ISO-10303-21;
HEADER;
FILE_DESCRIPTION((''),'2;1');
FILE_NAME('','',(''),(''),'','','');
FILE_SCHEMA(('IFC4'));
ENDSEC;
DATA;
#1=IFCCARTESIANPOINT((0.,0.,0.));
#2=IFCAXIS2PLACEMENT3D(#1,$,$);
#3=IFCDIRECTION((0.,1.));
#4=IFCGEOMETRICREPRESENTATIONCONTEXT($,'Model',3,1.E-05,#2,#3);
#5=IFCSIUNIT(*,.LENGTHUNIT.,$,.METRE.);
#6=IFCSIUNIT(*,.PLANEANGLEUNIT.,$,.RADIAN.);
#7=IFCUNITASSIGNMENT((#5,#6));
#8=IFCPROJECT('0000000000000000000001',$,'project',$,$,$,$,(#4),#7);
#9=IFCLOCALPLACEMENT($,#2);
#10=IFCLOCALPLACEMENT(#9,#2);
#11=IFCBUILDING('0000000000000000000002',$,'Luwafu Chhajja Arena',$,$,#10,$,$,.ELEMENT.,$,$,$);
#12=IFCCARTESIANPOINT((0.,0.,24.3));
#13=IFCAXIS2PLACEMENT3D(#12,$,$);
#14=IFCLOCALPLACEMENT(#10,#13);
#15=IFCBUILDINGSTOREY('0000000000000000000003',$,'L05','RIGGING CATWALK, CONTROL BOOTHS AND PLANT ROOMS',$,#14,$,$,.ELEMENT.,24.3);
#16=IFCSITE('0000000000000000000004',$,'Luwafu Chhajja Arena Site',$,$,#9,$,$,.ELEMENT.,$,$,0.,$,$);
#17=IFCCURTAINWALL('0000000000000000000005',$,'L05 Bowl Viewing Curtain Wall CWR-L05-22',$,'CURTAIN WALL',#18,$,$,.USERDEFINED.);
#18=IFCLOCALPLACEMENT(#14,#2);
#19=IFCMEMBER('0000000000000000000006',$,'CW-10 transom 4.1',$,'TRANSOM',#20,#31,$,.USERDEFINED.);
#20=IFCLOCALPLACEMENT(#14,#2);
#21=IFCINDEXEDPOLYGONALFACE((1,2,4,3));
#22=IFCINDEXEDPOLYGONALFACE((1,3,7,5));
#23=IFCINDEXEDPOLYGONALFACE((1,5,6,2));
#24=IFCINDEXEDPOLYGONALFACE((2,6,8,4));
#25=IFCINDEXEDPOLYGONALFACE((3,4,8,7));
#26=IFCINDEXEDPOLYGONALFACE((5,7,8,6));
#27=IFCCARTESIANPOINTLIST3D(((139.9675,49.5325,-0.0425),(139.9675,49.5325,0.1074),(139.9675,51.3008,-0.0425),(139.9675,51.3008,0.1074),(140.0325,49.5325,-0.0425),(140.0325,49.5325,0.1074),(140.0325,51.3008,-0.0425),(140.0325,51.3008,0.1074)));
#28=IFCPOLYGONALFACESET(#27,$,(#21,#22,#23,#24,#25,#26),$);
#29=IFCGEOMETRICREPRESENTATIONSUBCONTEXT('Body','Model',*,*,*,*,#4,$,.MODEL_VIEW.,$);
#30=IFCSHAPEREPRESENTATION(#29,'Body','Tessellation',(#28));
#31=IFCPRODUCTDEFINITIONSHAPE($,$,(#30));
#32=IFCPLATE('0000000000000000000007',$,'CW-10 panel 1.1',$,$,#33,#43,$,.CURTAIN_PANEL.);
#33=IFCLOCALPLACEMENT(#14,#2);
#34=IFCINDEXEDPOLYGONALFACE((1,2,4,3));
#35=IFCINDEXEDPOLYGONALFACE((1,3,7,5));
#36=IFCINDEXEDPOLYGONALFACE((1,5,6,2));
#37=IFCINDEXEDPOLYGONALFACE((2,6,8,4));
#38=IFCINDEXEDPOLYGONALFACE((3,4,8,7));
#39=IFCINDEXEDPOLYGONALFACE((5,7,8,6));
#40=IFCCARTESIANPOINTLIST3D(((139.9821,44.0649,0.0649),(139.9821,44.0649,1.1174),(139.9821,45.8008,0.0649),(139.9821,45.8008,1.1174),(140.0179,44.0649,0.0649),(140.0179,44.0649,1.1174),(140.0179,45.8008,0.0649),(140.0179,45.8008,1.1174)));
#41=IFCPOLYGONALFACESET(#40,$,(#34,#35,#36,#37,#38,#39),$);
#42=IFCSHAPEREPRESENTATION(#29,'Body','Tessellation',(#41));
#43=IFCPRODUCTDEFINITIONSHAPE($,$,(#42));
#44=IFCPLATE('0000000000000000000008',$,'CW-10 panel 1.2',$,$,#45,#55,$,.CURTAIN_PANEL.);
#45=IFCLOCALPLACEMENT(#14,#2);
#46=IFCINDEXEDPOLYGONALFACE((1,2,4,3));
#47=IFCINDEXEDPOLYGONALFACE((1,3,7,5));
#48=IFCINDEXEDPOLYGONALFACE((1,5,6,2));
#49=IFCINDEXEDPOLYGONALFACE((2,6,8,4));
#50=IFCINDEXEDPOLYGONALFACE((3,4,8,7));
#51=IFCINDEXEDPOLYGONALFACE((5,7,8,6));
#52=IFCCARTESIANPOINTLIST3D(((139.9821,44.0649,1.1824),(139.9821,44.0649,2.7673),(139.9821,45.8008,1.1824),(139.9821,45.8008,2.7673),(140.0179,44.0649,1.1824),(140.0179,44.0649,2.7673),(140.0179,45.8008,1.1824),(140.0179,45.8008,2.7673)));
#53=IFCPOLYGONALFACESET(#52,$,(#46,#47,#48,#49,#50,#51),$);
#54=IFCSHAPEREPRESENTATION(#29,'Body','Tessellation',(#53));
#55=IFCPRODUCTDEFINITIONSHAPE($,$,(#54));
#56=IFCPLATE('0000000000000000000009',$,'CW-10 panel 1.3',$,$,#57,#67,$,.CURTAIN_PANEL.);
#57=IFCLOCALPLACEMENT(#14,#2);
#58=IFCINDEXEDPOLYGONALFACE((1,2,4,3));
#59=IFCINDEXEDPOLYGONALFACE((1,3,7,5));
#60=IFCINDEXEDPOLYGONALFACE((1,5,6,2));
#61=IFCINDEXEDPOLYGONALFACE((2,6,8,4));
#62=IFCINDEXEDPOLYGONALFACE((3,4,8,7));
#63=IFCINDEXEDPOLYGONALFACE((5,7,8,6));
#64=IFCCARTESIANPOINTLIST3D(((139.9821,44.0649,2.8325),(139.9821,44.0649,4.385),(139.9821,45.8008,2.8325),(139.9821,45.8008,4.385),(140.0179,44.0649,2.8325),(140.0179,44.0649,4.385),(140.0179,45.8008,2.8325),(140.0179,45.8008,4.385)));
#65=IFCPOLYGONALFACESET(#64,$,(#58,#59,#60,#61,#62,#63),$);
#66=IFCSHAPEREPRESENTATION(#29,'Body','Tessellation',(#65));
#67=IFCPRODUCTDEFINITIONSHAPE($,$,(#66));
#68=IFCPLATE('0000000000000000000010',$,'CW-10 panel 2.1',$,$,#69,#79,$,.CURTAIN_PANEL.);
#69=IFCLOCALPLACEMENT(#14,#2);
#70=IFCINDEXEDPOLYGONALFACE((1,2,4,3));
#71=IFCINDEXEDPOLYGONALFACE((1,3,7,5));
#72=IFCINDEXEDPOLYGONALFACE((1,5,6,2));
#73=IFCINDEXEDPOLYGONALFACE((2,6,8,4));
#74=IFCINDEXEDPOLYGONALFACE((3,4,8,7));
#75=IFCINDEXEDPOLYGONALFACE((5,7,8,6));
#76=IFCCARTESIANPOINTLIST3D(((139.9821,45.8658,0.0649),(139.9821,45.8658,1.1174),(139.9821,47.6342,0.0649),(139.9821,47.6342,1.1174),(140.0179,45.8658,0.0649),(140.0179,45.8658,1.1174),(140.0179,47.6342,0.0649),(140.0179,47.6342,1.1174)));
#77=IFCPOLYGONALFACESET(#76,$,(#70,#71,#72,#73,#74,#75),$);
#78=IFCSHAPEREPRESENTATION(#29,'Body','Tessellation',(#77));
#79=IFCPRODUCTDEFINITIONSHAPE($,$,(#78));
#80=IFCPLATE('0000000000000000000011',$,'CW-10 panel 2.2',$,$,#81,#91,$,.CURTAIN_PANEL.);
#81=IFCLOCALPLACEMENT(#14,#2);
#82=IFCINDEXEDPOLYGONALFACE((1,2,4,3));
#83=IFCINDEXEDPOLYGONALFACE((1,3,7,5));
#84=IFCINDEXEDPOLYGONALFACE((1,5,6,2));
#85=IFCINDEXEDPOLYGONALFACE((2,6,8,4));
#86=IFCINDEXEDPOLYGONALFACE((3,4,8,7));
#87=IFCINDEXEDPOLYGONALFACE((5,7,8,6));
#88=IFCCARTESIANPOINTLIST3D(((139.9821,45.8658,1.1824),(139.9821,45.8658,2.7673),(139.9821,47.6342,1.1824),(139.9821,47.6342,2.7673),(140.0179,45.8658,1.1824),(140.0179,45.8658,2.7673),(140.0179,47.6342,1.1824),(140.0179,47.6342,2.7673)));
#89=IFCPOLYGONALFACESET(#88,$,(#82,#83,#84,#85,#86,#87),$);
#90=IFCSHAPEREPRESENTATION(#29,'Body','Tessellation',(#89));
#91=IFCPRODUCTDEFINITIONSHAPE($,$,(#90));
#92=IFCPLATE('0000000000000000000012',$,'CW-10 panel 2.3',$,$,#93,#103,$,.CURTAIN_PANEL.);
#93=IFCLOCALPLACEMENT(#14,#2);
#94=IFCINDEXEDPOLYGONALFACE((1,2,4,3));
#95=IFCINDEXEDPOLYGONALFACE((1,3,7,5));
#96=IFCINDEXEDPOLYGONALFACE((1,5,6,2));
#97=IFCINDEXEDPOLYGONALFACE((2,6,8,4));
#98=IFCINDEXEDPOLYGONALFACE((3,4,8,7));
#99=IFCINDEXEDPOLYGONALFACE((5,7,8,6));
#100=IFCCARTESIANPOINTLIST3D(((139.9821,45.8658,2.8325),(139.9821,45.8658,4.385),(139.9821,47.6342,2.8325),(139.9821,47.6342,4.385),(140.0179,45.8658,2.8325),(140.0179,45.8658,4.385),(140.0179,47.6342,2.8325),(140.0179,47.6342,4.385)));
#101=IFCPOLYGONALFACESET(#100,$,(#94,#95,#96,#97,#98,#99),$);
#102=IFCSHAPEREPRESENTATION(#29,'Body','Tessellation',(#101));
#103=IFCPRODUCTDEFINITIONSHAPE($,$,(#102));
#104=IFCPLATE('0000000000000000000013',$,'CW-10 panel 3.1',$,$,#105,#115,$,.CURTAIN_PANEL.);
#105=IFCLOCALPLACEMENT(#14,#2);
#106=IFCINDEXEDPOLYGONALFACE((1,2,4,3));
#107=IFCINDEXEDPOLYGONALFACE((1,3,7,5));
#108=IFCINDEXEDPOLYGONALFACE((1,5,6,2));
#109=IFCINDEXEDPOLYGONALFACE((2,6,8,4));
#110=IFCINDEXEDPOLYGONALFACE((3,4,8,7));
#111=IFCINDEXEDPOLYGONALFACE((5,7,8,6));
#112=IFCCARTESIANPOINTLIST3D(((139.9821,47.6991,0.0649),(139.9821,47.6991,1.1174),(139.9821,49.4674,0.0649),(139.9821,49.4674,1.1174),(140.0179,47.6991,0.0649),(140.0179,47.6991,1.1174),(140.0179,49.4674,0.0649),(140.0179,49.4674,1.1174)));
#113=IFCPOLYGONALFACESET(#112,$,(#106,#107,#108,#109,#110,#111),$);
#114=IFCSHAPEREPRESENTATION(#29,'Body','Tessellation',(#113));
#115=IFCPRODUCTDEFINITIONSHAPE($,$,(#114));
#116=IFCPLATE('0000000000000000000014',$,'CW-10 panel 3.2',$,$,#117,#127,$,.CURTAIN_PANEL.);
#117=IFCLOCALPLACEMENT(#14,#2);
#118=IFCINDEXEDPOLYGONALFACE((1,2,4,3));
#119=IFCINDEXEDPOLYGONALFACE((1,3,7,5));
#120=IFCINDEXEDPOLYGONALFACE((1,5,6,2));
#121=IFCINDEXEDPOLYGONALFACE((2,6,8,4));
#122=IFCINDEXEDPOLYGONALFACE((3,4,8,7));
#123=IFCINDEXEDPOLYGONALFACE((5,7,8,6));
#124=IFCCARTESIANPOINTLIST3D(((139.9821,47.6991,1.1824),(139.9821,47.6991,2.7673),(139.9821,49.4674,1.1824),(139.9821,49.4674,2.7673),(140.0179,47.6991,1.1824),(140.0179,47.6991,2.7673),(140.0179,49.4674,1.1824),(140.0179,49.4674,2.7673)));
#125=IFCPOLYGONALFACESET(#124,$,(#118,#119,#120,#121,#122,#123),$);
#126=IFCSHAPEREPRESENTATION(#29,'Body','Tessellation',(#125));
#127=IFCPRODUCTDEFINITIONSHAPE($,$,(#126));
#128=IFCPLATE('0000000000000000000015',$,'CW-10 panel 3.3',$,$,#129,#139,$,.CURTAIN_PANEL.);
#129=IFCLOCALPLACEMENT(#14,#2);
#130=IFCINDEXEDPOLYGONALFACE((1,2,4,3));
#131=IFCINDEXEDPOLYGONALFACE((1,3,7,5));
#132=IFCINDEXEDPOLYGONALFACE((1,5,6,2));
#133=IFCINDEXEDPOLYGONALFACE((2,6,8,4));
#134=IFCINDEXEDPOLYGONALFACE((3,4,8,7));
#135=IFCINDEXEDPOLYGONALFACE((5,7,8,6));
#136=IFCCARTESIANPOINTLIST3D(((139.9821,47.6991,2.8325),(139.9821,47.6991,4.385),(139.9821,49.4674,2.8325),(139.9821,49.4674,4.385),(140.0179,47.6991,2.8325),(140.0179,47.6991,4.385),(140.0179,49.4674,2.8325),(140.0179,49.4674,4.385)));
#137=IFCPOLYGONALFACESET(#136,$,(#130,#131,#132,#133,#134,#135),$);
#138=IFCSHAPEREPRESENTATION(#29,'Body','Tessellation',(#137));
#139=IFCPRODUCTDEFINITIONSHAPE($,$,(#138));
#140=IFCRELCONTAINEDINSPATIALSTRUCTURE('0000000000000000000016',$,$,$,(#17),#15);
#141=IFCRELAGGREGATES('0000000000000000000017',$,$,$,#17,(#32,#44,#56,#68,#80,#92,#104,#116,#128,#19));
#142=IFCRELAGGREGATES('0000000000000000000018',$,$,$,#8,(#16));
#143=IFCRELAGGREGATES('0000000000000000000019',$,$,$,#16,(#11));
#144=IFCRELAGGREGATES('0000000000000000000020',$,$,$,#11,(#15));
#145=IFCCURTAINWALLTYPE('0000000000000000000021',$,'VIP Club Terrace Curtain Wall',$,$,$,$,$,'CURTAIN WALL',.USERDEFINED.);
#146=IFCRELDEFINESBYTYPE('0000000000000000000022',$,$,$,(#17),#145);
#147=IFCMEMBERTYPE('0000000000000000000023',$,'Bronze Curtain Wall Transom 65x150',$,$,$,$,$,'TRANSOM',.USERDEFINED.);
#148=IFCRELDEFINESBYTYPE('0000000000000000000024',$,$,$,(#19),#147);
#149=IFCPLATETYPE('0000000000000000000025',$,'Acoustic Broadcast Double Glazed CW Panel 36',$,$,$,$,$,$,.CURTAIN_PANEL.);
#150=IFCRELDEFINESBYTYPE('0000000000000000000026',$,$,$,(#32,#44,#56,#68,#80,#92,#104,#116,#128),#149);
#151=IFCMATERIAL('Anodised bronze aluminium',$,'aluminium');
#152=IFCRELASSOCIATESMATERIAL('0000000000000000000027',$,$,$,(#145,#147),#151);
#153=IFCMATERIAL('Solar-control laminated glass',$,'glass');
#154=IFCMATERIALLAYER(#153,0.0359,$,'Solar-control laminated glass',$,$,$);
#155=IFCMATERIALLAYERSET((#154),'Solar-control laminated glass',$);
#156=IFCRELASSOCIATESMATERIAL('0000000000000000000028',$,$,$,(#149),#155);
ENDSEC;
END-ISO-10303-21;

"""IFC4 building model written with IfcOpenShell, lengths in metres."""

from ifc_helpers import new_model, si_unit, direction, frame, origin, origin_2d, place, context, subcontext, project, spatial, rectangle, extrude, material, layer, layer_set, material_profile, profile_set, type_object, element, aggregate, save


model = new_model("IFC4")

# Units and contexts
model_context = context("Model", 3, precision=1e-05, world=origin(), true_north=direction((0.0, 1.0)))
body_context = subcontext(model_context, "Body", "Model", "MODEL_VIEW")
ifc_project = project(units=[si_unit("LENGTHUNIT", "METRE"), si_unit("PLANEANGLEUNIT", "RADIAN")], contexts=[model_context])

# Site, building, storey
site_placement = place(None, origin())
site = spatial("IfcSite", under=ifc_project, at=site_placement, Name="Luwafu Chhajja Arena Site", CompositionType="ELEMENT", RefElevation=0.0)
building_placement = place(site_placement, origin())
building = spatial("IfcBuilding", under=site, at=building_placement, Name="Luwafu Chhajja Arena", CompositionType="ELEMENT")
storey_placement = place(building_placement, frame((0.0, 0.0, 24.3)))
storey = spatial("IfcBuildingStorey", under=building, at=storey_placement, Name="L05", Description="RIGGING CATWALK, CONTROL BOOTHS AND PLANT ROOMS", CompositionType="ELEMENT", Elevation=24.3)

# Curtain wall, member, plates
ifc_material_1 = material(Name="Anodised bronze aluminium", Category="aluminium")
curtain_wall_type = type_object("IfcCurtainWallType", Name="VIP Club Terrace Curtain Wall", ElementType="CURTAIN WALL", PredefinedType="USERDEFINED", material=ifc_material_1)
curtain_wall_placement = place(storey_placement, origin())
curtain_wall = element("IfcCurtainWall", 1, at=curtain_wall_placement, inside=storey, type_object=curtain_wall_type, Name="L05 Bowl Viewing Curtain Wall CWR-L05-22", ObjectType="CURTAIN WALL", PredefinedType="USERDEFINED")
ifc_material_profile_1 = material_profile(ifc_material_1, rectangle(XDim=0.0649, YDim=0.1499, at=origin_2d()), Name="CWT 65x150")
ifc_profile_set_1 = profile_set([ifc_material_profile_1], Name="Anodised bronze aluminium")
member_type_1 = type_object("IfcMemberType", Name="Bronze Curtain Wall Transom 65x150", ElementType="TRANSOM", PredefinedType="USERDEFINED", material=ifc_profile_set_1)
member_1_placement = place(storey_placement, frame((140.0, 49.5325, 0.0325), z_axis=(0.0, 1.0, 0.0), x_axis=(-1.0, 0.0, 0.0)))
member_1 = element("IfcMember", 2, at=member_1_placement, type_object=member_type_1, Name="CW-10 transom 4.1", ObjectType="TRANSOM", PredefinedType="USERDEFINED", context=body_context, shape_type="SweptSolid", body=[
    extrude(rectangle(XDim=0.0649, YDim=0.1499, at=origin_2d()), origin(), (0.0, 0.0, 1.0), 1.7683),
])
ifc_material_2 = material(Name="Solar-control laminated glass", Category="glass")
ifc_layer = layer(ifc_material_2, 0.0359, Name="Solar-control laminated glass")
ifc_layer_set = layer_set([ifc_layer], Name="Solar-control laminated glass")
plate_type = type_object("IfcPlateType", Name="Acoustic Broadcast Double Glazed CW Panel 36", PredefinedType="CURTAIN_PANEL", material=ifc_layer_set)
plate_1_placement = place(storey_placement, frame((140.0, 44.9329, 0.0649), z_axis=(0.0, 0.0, 1.0), x_axis=(0.0, 1.0, 0.0)))
plate_1 = element("IfcPlate", 3, at=plate_1_placement, type_object=plate_type, Name="CW-10 panel 1.1", PredefinedType="CURTAIN_PANEL", context=body_context, shape_type="SweptSolid", body=[
    extrude(rectangle(XDim=1.7358, YDim=0.0359, at=origin_2d()), origin(), (0.0, 0.0, 1.0), 1.0525),
])
plate_2_placement = place(storey_placement, frame((140.0, 44.9329, 1.1824), z_axis=(0.0, 0.0, 1.0), x_axis=(0.0, 1.0, 0.0)))
plate_2 = element("IfcPlate", 4, at=plate_2_placement, type_object=plate_type, Name="CW-10 panel 1.2", PredefinedType="CURTAIN_PANEL", context=body_context, shape_type="SweptSolid", body=[
    extrude(rectangle(XDim=1.7358, YDim=0.0359, at=origin_2d()), origin(), (0.0, 0.0, 1.0), 1.585),
])
plate_3_placement = place(storey_placement, frame((140.0, 44.9329, 2.8325), z_axis=(0.0, 0.0, 1.0), x_axis=(0.0, 1.0, 0.0)))
plate_3 = element("IfcPlate", 5, at=plate_3_placement, type_object=plate_type, Name="CW-10 panel 1.3", PredefinedType="CURTAIN_PANEL", context=body_context, shape_type="SweptSolid", body=[
    extrude(rectangle(XDim=1.7358, YDim=0.0359, at=origin_2d()), origin(), (0.0, 0.0, 1.0), 1.5525),
])
plate_4_placement = place(storey_placement, frame((140.0, 46.75, 0.0649), z_axis=(0.0, 0.0, 1.0), x_axis=(0.0, 1.0, 0.0)))
plate_4 = element("IfcPlate", 6, at=plate_4_placement, type_object=plate_type, Name="CW-10 panel 2.1", PredefinedType="CURTAIN_PANEL", context=body_context, shape_type="SweptSolid", body=[
    extrude(rectangle(XDim=1.7683, YDim=0.0359, at=origin_2d()), origin(), (0.0, 0.0, 1.0), 1.0525),
])
plate_5_placement = place(storey_placement, frame((140.0, 46.75, 1.1824), z_axis=(0.0, 0.0, 1.0), x_axis=(0.0, 1.0, 0.0)))
plate_5 = element("IfcPlate", 7, at=plate_5_placement, type_object=plate_type, Name="CW-10 panel 2.2", PredefinedType="CURTAIN_PANEL", context=body_context, shape_type="SweptSolid", body=[
    extrude(rectangle(XDim=1.7683, YDim=0.0359, at=origin_2d()), origin(), (0.0, 0.0, 1.0), 1.585),
])
plate_6_placement = place(storey_placement, frame((140.0, 46.75, 2.8325), z_axis=(0.0, 0.0, 1.0), x_axis=(0.0, 1.0, 0.0)))
plate_6 = element("IfcPlate", 8, at=plate_6_placement, type_object=plate_type, Name="CW-10 panel 2.3", PredefinedType="CURTAIN_PANEL", context=body_context, shape_type="SweptSolid", body=[
    extrude(rectangle(XDim=1.7683, YDim=0.0359, at=origin_2d()), origin(), (0.0, 0.0, 1.0), 1.5525),
])
plate_7_placement = place(storey_placement, frame((140.0, 48.5833, 0.0649), z_axis=(0.0, 0.0, 1.0), x_axis=(0.0, 1.0, 0.0)))
plate_7 = element("IfcPlate", 9, at=plate_7_placement, type_object=plate_type, Name="CW-10 panel 3.1", PredefinedType="CURTAIN_PANEL", context=body_context, shape_type="SweptSolid", body=[
    extrude(rectangle(XDim=1.7683, YDim=0.0359, at=origin_2d()), origin(), (0.0, 0.0, 1.0), 1.0525),
])
plate_8_placement = place(storey_placement, frame((140.0, 48.5833, 1.1824), z_axis=(0.0, 0.0, 1.0), x_axis=(0.0, 1.0, 0.0)))
plate_8 = element("IfcPlate", 10, at=plate_8_placement, type_object=plate_type, Name="CW-10 panel 3.2", PredefinedType="CURTAIN_PANEL", context=body_context, shape_type="SweptSolid", body=[
    extrude(rectangle(XDim=1.7683, YDim=0.0359, at=origin_2d()), origin(), (0.0, 0.0, 1.0), 1.585),
])
plate_9_placement = place(storey_placement, frame((140.0, 48.5833, 2.8325), z_axis=(0.0, 0.0, 1.0), x_axis=(0.0, 1.0, 0.0)))
plate_9 = element("IfcPlate", 11, at=plate_9_placement, type_object=plate_type, Name="CW-10 panel 3.3", PredefinedType="CURTAIN_PANEL", context=body_context, shape_type="SweptSolid", body=[
    extrude(rectangle(XDim=1.7683, YDim=0.0359, at=origin_2d()), origin(), (0.0, 0.0, 1.0), 1.5525),
])
aggregate(curtain_wall, [plate_1, plate_2, plate_3, plate_4, plate_5, plate_6, plate_7, plate_8, plate_9, member_1])

save(model, "model.ifc")
